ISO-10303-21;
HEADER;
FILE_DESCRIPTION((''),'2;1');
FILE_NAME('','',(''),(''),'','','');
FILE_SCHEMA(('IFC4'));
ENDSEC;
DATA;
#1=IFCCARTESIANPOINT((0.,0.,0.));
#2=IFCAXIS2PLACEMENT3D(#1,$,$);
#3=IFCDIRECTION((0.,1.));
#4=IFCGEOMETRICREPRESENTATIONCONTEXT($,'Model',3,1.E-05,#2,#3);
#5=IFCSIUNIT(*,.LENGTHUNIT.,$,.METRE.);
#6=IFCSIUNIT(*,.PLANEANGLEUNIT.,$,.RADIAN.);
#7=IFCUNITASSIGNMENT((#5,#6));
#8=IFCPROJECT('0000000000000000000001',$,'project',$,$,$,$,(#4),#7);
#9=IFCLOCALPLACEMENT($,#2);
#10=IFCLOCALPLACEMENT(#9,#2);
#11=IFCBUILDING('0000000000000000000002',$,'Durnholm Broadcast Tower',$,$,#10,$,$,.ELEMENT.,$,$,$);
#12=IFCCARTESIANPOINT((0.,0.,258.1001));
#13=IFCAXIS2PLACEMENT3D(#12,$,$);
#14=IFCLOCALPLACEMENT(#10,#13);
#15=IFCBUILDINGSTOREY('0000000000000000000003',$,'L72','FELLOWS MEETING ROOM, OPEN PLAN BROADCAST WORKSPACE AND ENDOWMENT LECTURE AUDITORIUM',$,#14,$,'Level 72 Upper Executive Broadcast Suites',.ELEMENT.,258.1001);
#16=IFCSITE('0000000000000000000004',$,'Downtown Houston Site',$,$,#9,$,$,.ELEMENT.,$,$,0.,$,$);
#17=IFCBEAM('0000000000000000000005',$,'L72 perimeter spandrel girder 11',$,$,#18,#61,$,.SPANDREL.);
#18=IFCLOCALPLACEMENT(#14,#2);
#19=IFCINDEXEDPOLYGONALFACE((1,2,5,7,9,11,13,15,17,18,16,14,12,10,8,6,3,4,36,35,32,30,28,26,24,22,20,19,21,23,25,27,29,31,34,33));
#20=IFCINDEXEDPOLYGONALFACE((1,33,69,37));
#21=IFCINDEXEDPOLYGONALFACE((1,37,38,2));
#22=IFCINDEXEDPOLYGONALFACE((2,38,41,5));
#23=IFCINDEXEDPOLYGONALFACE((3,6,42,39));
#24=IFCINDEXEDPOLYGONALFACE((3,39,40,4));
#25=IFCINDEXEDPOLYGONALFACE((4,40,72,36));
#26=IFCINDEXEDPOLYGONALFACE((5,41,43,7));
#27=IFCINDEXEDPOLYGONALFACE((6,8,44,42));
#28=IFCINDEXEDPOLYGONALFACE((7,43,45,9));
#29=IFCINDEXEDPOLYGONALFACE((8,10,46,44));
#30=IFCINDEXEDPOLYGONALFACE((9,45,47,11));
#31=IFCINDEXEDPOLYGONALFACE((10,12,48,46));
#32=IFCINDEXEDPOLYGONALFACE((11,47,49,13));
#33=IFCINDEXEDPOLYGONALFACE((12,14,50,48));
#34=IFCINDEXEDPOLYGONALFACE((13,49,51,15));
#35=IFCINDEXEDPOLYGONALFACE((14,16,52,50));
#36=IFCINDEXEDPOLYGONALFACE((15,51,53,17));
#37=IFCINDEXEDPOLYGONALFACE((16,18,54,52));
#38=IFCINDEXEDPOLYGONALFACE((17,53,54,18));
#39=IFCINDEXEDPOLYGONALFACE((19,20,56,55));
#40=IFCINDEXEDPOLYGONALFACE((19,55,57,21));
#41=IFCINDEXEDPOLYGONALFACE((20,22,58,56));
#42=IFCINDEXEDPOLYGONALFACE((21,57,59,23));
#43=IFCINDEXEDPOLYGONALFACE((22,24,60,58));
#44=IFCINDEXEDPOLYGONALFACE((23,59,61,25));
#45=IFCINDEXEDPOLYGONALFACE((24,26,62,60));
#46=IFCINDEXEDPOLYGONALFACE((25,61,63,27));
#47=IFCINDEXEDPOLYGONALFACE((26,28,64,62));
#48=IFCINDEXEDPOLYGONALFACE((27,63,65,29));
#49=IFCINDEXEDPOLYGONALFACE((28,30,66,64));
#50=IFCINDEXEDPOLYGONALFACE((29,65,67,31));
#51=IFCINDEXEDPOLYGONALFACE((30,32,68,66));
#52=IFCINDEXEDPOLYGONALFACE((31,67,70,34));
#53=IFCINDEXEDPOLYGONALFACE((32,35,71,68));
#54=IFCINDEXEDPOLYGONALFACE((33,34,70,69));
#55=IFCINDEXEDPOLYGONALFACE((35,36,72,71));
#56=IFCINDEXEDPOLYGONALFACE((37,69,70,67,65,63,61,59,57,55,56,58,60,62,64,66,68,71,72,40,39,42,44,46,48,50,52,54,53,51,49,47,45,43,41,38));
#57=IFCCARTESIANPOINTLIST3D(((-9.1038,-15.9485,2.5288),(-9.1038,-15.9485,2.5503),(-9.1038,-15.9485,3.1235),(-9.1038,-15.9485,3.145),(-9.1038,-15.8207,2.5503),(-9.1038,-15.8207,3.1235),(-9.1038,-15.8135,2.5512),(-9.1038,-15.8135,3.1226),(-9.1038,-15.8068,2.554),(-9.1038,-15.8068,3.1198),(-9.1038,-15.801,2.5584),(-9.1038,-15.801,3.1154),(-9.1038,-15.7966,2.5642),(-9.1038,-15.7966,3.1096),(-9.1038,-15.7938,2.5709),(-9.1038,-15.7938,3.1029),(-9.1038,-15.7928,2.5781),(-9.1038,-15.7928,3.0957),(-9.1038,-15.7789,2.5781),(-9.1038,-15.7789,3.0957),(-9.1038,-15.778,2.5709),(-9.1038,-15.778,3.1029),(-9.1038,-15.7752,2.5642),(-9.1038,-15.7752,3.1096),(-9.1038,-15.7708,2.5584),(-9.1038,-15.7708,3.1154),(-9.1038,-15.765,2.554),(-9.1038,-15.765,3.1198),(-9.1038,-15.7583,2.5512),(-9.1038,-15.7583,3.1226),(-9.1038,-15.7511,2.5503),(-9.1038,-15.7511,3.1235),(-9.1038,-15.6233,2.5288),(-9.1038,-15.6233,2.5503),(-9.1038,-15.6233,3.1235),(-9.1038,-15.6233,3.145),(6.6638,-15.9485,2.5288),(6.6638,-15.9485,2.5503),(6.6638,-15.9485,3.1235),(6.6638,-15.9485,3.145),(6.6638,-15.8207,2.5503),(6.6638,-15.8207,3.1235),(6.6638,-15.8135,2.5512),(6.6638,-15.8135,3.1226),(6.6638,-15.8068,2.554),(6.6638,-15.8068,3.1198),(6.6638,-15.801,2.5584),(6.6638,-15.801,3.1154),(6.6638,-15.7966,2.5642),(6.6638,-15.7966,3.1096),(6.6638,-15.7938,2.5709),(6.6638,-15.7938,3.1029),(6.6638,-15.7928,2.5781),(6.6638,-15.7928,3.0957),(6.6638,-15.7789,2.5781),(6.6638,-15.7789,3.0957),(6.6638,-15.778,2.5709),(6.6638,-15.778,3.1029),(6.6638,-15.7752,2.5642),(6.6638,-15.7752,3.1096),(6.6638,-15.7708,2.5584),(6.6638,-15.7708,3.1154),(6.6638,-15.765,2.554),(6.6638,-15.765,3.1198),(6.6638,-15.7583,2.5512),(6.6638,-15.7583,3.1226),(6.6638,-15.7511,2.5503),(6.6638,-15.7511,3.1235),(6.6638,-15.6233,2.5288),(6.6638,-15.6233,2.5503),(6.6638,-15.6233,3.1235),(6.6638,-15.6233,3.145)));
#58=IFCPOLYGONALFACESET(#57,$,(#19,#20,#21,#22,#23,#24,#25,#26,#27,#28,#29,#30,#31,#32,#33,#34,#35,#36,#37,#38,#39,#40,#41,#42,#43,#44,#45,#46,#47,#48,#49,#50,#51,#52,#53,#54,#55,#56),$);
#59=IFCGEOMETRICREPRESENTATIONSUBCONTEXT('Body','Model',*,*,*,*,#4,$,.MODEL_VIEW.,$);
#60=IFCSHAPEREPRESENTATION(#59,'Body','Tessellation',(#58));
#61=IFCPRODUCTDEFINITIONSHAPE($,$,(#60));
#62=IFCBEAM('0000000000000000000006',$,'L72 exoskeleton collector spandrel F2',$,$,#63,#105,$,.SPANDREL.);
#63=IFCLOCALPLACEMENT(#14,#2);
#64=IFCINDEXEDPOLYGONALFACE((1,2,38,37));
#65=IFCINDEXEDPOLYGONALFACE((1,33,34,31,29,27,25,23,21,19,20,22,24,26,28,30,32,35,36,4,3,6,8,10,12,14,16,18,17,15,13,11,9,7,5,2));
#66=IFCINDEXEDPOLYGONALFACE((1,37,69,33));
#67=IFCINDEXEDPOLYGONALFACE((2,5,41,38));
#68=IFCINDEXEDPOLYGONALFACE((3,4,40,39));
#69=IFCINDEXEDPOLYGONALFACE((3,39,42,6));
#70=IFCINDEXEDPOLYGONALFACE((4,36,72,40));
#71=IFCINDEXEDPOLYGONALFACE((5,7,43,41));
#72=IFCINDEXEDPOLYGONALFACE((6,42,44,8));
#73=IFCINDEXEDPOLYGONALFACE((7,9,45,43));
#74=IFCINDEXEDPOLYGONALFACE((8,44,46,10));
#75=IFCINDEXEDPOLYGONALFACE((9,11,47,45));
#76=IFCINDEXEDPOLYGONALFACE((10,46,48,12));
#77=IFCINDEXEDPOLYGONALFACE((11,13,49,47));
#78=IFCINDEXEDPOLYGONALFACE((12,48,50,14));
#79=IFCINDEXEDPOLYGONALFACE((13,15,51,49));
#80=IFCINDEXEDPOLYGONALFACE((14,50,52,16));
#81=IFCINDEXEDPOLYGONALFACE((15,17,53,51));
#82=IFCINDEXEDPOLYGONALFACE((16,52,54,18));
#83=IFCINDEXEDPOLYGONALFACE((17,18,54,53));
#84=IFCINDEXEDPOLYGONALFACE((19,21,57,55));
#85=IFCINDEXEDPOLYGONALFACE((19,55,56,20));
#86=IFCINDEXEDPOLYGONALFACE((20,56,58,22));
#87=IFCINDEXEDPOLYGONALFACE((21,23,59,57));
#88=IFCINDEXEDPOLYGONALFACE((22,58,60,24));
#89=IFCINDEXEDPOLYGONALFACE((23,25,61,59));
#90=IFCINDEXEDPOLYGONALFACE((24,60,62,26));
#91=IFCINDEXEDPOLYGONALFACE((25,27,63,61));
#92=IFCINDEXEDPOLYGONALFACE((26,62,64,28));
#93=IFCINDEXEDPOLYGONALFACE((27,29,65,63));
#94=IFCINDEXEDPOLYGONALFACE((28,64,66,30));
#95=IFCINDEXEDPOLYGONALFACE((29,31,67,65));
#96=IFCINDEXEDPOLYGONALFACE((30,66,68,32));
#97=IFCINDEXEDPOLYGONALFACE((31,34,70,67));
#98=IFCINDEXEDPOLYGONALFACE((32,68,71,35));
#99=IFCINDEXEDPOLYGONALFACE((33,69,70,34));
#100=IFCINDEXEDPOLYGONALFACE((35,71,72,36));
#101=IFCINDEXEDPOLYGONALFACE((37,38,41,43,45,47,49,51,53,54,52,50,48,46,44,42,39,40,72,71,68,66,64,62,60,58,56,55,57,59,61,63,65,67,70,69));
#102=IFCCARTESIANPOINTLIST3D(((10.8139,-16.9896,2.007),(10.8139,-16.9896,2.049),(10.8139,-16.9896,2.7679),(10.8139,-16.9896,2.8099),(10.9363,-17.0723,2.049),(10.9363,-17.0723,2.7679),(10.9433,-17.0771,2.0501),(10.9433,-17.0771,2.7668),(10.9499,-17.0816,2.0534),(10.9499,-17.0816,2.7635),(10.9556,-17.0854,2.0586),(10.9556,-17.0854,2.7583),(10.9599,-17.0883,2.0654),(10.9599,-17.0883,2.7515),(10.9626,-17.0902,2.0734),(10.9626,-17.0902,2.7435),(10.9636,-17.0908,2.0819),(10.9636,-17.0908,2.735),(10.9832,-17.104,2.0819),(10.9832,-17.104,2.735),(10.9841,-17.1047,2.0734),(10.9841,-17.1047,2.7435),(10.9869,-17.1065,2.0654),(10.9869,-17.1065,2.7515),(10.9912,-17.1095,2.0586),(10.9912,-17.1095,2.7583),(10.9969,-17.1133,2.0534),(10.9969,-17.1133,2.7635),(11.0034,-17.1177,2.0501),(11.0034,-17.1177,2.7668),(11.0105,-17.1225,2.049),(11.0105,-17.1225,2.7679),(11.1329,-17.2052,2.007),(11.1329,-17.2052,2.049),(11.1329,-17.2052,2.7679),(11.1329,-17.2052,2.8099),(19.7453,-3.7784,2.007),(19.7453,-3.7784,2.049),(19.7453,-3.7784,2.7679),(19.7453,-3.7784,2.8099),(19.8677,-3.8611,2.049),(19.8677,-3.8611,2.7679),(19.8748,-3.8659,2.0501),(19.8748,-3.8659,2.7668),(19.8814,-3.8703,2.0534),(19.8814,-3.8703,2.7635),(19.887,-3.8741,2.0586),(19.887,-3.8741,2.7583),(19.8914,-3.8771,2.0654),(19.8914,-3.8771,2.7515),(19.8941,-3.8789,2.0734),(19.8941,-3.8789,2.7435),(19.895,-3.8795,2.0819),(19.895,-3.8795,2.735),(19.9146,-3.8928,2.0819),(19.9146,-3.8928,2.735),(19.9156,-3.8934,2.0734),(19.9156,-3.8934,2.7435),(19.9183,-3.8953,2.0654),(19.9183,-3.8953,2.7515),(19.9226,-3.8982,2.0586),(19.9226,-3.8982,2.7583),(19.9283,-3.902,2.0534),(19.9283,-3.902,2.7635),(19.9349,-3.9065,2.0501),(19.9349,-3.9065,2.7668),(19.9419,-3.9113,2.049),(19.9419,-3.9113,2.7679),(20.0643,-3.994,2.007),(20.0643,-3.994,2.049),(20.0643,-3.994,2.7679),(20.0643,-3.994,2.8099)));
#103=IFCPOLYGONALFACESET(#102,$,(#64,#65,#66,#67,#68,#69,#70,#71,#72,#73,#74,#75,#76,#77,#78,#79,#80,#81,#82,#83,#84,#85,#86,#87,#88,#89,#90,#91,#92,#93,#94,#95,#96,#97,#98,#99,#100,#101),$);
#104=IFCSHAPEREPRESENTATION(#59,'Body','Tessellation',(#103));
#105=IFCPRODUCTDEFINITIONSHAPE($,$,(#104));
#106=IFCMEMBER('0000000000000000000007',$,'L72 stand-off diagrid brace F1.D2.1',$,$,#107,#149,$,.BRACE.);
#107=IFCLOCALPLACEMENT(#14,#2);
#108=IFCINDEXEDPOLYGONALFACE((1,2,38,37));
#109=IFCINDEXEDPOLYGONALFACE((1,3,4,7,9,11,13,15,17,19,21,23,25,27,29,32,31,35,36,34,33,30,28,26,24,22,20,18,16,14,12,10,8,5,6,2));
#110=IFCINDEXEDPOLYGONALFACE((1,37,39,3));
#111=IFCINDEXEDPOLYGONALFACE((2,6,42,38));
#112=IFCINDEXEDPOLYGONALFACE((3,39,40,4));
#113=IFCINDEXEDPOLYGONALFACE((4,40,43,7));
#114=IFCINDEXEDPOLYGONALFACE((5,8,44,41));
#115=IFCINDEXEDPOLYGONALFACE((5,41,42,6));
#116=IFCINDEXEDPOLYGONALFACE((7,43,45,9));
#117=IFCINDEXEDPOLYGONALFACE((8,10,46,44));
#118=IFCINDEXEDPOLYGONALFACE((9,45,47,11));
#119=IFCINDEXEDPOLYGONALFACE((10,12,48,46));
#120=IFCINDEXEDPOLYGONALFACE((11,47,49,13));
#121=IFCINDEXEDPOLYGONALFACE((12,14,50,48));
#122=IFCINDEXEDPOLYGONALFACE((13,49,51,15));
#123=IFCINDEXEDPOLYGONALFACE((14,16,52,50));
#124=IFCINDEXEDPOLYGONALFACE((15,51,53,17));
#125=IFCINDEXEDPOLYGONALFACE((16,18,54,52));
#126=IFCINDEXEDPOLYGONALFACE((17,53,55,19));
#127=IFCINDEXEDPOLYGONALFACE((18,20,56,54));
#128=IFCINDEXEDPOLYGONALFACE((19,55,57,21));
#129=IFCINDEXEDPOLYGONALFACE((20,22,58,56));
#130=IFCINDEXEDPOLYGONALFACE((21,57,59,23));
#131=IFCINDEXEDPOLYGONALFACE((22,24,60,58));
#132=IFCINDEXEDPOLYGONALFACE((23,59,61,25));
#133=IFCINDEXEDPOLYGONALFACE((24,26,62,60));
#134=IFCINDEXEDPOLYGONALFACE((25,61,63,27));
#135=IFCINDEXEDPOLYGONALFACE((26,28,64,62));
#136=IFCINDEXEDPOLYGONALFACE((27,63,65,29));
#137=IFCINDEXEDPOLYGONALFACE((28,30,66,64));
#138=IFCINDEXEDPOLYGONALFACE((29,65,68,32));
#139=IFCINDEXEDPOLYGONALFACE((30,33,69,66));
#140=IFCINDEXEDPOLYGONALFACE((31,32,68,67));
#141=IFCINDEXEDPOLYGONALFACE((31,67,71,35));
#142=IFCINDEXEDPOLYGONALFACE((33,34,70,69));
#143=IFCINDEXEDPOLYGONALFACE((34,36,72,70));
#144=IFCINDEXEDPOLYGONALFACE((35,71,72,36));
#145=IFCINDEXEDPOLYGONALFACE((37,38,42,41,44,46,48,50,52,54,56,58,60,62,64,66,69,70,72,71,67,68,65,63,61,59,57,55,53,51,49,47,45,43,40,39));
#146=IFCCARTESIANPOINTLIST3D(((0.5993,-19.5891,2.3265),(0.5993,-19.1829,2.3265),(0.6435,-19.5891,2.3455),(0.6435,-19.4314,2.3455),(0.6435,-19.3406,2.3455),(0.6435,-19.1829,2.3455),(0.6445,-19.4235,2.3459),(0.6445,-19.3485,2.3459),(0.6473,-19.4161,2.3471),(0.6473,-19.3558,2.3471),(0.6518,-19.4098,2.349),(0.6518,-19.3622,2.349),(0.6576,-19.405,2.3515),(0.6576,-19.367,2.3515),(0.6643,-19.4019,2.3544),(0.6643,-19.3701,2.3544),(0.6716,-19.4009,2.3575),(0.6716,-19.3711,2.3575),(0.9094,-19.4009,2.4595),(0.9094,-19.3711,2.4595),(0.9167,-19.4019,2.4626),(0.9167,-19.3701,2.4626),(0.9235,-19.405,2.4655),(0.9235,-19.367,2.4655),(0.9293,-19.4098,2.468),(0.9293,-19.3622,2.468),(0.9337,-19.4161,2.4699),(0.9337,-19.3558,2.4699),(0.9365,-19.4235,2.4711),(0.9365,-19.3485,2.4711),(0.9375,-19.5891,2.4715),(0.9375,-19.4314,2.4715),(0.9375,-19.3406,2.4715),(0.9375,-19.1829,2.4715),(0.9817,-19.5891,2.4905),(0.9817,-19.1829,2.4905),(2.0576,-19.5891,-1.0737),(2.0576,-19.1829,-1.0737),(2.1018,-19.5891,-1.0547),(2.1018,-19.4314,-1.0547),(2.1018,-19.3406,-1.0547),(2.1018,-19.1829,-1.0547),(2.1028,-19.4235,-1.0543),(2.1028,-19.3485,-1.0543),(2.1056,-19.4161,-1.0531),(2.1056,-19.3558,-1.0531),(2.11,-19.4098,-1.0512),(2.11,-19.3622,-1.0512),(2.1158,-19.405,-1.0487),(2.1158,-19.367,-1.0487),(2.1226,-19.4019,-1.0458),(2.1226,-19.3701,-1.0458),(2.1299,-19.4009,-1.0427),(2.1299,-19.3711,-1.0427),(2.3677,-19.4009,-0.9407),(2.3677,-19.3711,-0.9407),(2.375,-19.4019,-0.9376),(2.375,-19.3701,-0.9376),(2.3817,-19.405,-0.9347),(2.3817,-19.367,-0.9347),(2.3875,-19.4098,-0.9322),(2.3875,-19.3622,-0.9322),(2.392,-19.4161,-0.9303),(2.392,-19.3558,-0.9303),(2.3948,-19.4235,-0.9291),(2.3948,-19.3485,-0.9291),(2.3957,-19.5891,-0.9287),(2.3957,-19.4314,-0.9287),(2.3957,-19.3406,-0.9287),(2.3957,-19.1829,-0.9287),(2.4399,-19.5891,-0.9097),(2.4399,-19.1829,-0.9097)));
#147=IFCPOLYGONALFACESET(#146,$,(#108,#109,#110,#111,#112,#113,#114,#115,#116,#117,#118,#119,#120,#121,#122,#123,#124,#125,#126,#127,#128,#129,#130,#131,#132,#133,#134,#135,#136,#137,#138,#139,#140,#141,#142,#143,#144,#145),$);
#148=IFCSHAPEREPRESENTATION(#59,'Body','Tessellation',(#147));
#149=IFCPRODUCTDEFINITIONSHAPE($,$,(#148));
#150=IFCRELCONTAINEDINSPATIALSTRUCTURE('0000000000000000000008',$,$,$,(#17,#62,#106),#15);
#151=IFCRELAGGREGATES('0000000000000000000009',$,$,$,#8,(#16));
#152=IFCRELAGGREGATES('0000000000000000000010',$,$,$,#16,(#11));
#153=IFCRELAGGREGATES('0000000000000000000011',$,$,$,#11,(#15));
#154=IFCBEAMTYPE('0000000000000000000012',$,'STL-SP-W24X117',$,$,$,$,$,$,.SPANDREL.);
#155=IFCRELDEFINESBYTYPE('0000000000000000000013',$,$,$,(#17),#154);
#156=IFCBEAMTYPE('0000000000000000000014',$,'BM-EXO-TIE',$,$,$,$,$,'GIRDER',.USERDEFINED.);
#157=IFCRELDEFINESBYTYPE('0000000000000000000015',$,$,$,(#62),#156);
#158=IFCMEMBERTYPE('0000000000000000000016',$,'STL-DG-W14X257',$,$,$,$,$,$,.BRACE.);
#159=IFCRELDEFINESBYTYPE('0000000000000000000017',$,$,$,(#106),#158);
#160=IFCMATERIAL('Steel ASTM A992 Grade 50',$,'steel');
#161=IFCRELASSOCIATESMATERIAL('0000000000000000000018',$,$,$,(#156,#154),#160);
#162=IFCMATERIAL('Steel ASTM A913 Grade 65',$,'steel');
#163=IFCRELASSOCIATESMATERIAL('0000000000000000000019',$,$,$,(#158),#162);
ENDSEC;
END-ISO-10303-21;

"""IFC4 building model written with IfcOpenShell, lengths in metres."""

from ifc_helpers import new_model, si_unit, direction, frame, origin, origin_2d, place, context, subcontext, project, spatial, i_section, extrude, source, transform, mapped, material, material_profile, profile_set, type_object, type_shapes, element, save


model = new_model("IFC4")

# Units and contexts
model_context = context("Model", 3, precision=1e-05, world=origin(), true_north=direction((0.0, 1.0)))
body_context = subcontext(model_context, "Body", "Model", "MODEL_VIEW")
ifc_project = project(units=[si_unit("LENGTHUNIT", "METRE"), si_unit("PLANEANGLEUNIT", "RADIAN")], contexts=[model_context])

# Site, building, storey
site_placement = place(None, origin())
site = spatial("IfcSite", under=ifc_project, at=site_placement, Name="Downtown Houston Site", CompositionType="ELEMENT", RefElevation=0.0)
building_placement = place(site_placement, origin())
building = spatial("IfcBuilding", under=site, at=building_placement, Name="Durnholm Broadcast Tower", CompositionType="ELEMENT")
storey_placement = place(building_placement, frame((0.0, 0.0, 258.1001)))
storey = spatial("IfcBuildingStorey", under=building, at=storey_placement, Name="L72", Description="FELLOWS MEETING ROOM, OPEN PLAN BROADCAST WORKSPACE AND ENDOWMENT LECTURE AUDITORIUM", LongName="Level 72 Upper Executive Broadcast Suites", CompositionType="ELEMENT", Elevation=258.1001)

# Beams
ifc_material_1 = material(Name="Steel ASTM A992 Grade 50", Category="steel")
ifc_material_profile_1 = material_profile(ifc_material_1, i_section(OverallWidth=0.385, OverallDepth=0.803, WebThickness=0.0237, FlangeThickness=0.042, FilletRadius=0.033, at=origin_2d()), Name="W30X261")
ifc_profile_set_1 = profile_set([ifc_material_profile_1], Name="Steel ASTM A992 Grade 50")
beam_type_1 = type_object("IfcBeamType", Name="BM-EXO-TIE", ElementType="GIRDER", PredefinedType="USERDEFINED", material=ifc_profile_set_1)
ifc_material_profile_2 = material_profile(ifc_material_1, i_section(OverallWidth=0.3252, OverallDepth=0.6162, WebThickness=0.0139, FlangeThickness=0.0215, FilletRadius=0.0278, at=origin_2d()), Name="W24X117")
ifc_profile_set_2 = profile_set([ifc_material_profile_2], Name="Steel ASTM A992 Grade 50")
beam_type_2 = type_object("IfcBeamType", Name="STL-SP-W24X117", PredefinedType="SPANDREL", material=ifc_profile_set_2)
shared_shape_1 = source(origin(), body_context, "Body", "SweptSolid", [
    extrude(i_section(OverallWidth=0.3252, OverallDepth=0.6162, WebThickness=0.0139, FlangeThickness=0.0215, FilletRadius=0.0278, at=origin_2d()), origin(), (0.0, 0.0, 1.0), 15.7676),
])
beam_1_placement = place(storey_placement, frame((6.6638, -15.7859, 2.8369), z_axis=(-1.0, 0.0, 0.0), x_axis=(0.0, -1.0, 0.0)))
element("IfcBeam", 1, at=beam_1_placement, inside=storey, type_object=beam_type_2, Name="L72 perimeter spandrel girder 11", PredefinedType="SPANDREL", context=body_context, shape_type="MappedRepresentation", body=[
    mapped(shared_shape_1, transform((0.0, 0.0, 0.0), x_axis=(1.0, 0.0, 0.0), y_axis=(0.0, 1.0, 0.0), z_axis=(0.0, 0.0, 1.0), scale=1.0)),
])
shared_shape_2 = source(origin(), body_context, "Body", "SweptSolid", [
    extrude(i_section(OverallWidth=0.385, OverallDepth=0.803, WebThickness=0.0237, FlangeThickness=0.042, FilletRadius=0.033, at=origin_2d()), origin(), (0.0, 0.0, 1.0), 15.947),
])
beam_2_placement = place(storey_placement, frame((10.9734, -17.0974, 2.4084), z_axis=(0.560069, 0.828446, 0.0), x_axis=(-0.828446, 0.560069, 0.0)))
element("IfcBeam", 2, at=beam_2_placement, inside=storey, type_object=beam_type_1, Name="L72 exoskeleton collector spandrel F2", PredefinedType="SPANDREL", context=body_context, shape_type="MappedRepresentation", body=[
    mapped(shared_shape_2, transform((0.0, 0.0, 0.0), x_axis=(1.0, 0.0, 0.0), y_axis=(0.0, 1.0, 0.0), z_axis=(0.0, 0.0, 1.0), scale=1.0)),
])

# Member
ifc_material_2 = material(Name="Steel ASTM A913 Grade 65", Category="steel")
ifc_material_profile_3 = material_profile(ifc_material_2, i_section(OverallWidth=0.4062, OverallDepth=0.416, WebThickness=0.0298, FlangeThickness=0.0481, FilletRadius=0.0305, at=origin_2d()), Name="W14X257")
ifc_profile_set_3 = profile_set([ifc_material_profile_3], Name="Steel ASTM A913 Grade 65")
member_type_1 = type_object("IfcMemberType", Name="STL-DG-W14X257", PredefinedType="BRACE", material=ifc_profile_set_3)
shared_shape_3 = source(origin(), body_context, "Body", "SweptSolid", [
    extrude(i_section(OverallWidth=0.4062, OverallDepth=0.416, WebThickness=0.0298, FlangeThickness=0.0481, FilletRadius=0.0305, at=origin_2d()), origin(), (0.0, 0.0, 1.0), 3.6997),
])
type_shapes(member_type_1, [shared_shape_3])
for number, where, z_axis, x_axis, name in (
    (3, (2.2488, -19.386, -0.9917), (-0.394158, 0.0, 0.919043), (0.0, -1.0, 0.0), "L72 stand-off diagrid brace F1.D2.1"),
):
    element("IfcMember", number, at=place(storey_placement, frame(where, z_axis=z_axis, x_axis=x_axis)), inside=storey, type_object=member_type_1, Name=name, PredefinedType="BRACE", context=body_context, shape_type="MappedRepresentation", body=[
        mapped(shared_shape_3, transform((0.0, 0.0, 0.0), x_axis=(1.0, 0.0, 0.0), y_axis=(0.0, 1.0, 0.0), z_axis=(0.0, 0.0, 1.0), scale=1.0)),
    ])

save(model, "model.ifc")
